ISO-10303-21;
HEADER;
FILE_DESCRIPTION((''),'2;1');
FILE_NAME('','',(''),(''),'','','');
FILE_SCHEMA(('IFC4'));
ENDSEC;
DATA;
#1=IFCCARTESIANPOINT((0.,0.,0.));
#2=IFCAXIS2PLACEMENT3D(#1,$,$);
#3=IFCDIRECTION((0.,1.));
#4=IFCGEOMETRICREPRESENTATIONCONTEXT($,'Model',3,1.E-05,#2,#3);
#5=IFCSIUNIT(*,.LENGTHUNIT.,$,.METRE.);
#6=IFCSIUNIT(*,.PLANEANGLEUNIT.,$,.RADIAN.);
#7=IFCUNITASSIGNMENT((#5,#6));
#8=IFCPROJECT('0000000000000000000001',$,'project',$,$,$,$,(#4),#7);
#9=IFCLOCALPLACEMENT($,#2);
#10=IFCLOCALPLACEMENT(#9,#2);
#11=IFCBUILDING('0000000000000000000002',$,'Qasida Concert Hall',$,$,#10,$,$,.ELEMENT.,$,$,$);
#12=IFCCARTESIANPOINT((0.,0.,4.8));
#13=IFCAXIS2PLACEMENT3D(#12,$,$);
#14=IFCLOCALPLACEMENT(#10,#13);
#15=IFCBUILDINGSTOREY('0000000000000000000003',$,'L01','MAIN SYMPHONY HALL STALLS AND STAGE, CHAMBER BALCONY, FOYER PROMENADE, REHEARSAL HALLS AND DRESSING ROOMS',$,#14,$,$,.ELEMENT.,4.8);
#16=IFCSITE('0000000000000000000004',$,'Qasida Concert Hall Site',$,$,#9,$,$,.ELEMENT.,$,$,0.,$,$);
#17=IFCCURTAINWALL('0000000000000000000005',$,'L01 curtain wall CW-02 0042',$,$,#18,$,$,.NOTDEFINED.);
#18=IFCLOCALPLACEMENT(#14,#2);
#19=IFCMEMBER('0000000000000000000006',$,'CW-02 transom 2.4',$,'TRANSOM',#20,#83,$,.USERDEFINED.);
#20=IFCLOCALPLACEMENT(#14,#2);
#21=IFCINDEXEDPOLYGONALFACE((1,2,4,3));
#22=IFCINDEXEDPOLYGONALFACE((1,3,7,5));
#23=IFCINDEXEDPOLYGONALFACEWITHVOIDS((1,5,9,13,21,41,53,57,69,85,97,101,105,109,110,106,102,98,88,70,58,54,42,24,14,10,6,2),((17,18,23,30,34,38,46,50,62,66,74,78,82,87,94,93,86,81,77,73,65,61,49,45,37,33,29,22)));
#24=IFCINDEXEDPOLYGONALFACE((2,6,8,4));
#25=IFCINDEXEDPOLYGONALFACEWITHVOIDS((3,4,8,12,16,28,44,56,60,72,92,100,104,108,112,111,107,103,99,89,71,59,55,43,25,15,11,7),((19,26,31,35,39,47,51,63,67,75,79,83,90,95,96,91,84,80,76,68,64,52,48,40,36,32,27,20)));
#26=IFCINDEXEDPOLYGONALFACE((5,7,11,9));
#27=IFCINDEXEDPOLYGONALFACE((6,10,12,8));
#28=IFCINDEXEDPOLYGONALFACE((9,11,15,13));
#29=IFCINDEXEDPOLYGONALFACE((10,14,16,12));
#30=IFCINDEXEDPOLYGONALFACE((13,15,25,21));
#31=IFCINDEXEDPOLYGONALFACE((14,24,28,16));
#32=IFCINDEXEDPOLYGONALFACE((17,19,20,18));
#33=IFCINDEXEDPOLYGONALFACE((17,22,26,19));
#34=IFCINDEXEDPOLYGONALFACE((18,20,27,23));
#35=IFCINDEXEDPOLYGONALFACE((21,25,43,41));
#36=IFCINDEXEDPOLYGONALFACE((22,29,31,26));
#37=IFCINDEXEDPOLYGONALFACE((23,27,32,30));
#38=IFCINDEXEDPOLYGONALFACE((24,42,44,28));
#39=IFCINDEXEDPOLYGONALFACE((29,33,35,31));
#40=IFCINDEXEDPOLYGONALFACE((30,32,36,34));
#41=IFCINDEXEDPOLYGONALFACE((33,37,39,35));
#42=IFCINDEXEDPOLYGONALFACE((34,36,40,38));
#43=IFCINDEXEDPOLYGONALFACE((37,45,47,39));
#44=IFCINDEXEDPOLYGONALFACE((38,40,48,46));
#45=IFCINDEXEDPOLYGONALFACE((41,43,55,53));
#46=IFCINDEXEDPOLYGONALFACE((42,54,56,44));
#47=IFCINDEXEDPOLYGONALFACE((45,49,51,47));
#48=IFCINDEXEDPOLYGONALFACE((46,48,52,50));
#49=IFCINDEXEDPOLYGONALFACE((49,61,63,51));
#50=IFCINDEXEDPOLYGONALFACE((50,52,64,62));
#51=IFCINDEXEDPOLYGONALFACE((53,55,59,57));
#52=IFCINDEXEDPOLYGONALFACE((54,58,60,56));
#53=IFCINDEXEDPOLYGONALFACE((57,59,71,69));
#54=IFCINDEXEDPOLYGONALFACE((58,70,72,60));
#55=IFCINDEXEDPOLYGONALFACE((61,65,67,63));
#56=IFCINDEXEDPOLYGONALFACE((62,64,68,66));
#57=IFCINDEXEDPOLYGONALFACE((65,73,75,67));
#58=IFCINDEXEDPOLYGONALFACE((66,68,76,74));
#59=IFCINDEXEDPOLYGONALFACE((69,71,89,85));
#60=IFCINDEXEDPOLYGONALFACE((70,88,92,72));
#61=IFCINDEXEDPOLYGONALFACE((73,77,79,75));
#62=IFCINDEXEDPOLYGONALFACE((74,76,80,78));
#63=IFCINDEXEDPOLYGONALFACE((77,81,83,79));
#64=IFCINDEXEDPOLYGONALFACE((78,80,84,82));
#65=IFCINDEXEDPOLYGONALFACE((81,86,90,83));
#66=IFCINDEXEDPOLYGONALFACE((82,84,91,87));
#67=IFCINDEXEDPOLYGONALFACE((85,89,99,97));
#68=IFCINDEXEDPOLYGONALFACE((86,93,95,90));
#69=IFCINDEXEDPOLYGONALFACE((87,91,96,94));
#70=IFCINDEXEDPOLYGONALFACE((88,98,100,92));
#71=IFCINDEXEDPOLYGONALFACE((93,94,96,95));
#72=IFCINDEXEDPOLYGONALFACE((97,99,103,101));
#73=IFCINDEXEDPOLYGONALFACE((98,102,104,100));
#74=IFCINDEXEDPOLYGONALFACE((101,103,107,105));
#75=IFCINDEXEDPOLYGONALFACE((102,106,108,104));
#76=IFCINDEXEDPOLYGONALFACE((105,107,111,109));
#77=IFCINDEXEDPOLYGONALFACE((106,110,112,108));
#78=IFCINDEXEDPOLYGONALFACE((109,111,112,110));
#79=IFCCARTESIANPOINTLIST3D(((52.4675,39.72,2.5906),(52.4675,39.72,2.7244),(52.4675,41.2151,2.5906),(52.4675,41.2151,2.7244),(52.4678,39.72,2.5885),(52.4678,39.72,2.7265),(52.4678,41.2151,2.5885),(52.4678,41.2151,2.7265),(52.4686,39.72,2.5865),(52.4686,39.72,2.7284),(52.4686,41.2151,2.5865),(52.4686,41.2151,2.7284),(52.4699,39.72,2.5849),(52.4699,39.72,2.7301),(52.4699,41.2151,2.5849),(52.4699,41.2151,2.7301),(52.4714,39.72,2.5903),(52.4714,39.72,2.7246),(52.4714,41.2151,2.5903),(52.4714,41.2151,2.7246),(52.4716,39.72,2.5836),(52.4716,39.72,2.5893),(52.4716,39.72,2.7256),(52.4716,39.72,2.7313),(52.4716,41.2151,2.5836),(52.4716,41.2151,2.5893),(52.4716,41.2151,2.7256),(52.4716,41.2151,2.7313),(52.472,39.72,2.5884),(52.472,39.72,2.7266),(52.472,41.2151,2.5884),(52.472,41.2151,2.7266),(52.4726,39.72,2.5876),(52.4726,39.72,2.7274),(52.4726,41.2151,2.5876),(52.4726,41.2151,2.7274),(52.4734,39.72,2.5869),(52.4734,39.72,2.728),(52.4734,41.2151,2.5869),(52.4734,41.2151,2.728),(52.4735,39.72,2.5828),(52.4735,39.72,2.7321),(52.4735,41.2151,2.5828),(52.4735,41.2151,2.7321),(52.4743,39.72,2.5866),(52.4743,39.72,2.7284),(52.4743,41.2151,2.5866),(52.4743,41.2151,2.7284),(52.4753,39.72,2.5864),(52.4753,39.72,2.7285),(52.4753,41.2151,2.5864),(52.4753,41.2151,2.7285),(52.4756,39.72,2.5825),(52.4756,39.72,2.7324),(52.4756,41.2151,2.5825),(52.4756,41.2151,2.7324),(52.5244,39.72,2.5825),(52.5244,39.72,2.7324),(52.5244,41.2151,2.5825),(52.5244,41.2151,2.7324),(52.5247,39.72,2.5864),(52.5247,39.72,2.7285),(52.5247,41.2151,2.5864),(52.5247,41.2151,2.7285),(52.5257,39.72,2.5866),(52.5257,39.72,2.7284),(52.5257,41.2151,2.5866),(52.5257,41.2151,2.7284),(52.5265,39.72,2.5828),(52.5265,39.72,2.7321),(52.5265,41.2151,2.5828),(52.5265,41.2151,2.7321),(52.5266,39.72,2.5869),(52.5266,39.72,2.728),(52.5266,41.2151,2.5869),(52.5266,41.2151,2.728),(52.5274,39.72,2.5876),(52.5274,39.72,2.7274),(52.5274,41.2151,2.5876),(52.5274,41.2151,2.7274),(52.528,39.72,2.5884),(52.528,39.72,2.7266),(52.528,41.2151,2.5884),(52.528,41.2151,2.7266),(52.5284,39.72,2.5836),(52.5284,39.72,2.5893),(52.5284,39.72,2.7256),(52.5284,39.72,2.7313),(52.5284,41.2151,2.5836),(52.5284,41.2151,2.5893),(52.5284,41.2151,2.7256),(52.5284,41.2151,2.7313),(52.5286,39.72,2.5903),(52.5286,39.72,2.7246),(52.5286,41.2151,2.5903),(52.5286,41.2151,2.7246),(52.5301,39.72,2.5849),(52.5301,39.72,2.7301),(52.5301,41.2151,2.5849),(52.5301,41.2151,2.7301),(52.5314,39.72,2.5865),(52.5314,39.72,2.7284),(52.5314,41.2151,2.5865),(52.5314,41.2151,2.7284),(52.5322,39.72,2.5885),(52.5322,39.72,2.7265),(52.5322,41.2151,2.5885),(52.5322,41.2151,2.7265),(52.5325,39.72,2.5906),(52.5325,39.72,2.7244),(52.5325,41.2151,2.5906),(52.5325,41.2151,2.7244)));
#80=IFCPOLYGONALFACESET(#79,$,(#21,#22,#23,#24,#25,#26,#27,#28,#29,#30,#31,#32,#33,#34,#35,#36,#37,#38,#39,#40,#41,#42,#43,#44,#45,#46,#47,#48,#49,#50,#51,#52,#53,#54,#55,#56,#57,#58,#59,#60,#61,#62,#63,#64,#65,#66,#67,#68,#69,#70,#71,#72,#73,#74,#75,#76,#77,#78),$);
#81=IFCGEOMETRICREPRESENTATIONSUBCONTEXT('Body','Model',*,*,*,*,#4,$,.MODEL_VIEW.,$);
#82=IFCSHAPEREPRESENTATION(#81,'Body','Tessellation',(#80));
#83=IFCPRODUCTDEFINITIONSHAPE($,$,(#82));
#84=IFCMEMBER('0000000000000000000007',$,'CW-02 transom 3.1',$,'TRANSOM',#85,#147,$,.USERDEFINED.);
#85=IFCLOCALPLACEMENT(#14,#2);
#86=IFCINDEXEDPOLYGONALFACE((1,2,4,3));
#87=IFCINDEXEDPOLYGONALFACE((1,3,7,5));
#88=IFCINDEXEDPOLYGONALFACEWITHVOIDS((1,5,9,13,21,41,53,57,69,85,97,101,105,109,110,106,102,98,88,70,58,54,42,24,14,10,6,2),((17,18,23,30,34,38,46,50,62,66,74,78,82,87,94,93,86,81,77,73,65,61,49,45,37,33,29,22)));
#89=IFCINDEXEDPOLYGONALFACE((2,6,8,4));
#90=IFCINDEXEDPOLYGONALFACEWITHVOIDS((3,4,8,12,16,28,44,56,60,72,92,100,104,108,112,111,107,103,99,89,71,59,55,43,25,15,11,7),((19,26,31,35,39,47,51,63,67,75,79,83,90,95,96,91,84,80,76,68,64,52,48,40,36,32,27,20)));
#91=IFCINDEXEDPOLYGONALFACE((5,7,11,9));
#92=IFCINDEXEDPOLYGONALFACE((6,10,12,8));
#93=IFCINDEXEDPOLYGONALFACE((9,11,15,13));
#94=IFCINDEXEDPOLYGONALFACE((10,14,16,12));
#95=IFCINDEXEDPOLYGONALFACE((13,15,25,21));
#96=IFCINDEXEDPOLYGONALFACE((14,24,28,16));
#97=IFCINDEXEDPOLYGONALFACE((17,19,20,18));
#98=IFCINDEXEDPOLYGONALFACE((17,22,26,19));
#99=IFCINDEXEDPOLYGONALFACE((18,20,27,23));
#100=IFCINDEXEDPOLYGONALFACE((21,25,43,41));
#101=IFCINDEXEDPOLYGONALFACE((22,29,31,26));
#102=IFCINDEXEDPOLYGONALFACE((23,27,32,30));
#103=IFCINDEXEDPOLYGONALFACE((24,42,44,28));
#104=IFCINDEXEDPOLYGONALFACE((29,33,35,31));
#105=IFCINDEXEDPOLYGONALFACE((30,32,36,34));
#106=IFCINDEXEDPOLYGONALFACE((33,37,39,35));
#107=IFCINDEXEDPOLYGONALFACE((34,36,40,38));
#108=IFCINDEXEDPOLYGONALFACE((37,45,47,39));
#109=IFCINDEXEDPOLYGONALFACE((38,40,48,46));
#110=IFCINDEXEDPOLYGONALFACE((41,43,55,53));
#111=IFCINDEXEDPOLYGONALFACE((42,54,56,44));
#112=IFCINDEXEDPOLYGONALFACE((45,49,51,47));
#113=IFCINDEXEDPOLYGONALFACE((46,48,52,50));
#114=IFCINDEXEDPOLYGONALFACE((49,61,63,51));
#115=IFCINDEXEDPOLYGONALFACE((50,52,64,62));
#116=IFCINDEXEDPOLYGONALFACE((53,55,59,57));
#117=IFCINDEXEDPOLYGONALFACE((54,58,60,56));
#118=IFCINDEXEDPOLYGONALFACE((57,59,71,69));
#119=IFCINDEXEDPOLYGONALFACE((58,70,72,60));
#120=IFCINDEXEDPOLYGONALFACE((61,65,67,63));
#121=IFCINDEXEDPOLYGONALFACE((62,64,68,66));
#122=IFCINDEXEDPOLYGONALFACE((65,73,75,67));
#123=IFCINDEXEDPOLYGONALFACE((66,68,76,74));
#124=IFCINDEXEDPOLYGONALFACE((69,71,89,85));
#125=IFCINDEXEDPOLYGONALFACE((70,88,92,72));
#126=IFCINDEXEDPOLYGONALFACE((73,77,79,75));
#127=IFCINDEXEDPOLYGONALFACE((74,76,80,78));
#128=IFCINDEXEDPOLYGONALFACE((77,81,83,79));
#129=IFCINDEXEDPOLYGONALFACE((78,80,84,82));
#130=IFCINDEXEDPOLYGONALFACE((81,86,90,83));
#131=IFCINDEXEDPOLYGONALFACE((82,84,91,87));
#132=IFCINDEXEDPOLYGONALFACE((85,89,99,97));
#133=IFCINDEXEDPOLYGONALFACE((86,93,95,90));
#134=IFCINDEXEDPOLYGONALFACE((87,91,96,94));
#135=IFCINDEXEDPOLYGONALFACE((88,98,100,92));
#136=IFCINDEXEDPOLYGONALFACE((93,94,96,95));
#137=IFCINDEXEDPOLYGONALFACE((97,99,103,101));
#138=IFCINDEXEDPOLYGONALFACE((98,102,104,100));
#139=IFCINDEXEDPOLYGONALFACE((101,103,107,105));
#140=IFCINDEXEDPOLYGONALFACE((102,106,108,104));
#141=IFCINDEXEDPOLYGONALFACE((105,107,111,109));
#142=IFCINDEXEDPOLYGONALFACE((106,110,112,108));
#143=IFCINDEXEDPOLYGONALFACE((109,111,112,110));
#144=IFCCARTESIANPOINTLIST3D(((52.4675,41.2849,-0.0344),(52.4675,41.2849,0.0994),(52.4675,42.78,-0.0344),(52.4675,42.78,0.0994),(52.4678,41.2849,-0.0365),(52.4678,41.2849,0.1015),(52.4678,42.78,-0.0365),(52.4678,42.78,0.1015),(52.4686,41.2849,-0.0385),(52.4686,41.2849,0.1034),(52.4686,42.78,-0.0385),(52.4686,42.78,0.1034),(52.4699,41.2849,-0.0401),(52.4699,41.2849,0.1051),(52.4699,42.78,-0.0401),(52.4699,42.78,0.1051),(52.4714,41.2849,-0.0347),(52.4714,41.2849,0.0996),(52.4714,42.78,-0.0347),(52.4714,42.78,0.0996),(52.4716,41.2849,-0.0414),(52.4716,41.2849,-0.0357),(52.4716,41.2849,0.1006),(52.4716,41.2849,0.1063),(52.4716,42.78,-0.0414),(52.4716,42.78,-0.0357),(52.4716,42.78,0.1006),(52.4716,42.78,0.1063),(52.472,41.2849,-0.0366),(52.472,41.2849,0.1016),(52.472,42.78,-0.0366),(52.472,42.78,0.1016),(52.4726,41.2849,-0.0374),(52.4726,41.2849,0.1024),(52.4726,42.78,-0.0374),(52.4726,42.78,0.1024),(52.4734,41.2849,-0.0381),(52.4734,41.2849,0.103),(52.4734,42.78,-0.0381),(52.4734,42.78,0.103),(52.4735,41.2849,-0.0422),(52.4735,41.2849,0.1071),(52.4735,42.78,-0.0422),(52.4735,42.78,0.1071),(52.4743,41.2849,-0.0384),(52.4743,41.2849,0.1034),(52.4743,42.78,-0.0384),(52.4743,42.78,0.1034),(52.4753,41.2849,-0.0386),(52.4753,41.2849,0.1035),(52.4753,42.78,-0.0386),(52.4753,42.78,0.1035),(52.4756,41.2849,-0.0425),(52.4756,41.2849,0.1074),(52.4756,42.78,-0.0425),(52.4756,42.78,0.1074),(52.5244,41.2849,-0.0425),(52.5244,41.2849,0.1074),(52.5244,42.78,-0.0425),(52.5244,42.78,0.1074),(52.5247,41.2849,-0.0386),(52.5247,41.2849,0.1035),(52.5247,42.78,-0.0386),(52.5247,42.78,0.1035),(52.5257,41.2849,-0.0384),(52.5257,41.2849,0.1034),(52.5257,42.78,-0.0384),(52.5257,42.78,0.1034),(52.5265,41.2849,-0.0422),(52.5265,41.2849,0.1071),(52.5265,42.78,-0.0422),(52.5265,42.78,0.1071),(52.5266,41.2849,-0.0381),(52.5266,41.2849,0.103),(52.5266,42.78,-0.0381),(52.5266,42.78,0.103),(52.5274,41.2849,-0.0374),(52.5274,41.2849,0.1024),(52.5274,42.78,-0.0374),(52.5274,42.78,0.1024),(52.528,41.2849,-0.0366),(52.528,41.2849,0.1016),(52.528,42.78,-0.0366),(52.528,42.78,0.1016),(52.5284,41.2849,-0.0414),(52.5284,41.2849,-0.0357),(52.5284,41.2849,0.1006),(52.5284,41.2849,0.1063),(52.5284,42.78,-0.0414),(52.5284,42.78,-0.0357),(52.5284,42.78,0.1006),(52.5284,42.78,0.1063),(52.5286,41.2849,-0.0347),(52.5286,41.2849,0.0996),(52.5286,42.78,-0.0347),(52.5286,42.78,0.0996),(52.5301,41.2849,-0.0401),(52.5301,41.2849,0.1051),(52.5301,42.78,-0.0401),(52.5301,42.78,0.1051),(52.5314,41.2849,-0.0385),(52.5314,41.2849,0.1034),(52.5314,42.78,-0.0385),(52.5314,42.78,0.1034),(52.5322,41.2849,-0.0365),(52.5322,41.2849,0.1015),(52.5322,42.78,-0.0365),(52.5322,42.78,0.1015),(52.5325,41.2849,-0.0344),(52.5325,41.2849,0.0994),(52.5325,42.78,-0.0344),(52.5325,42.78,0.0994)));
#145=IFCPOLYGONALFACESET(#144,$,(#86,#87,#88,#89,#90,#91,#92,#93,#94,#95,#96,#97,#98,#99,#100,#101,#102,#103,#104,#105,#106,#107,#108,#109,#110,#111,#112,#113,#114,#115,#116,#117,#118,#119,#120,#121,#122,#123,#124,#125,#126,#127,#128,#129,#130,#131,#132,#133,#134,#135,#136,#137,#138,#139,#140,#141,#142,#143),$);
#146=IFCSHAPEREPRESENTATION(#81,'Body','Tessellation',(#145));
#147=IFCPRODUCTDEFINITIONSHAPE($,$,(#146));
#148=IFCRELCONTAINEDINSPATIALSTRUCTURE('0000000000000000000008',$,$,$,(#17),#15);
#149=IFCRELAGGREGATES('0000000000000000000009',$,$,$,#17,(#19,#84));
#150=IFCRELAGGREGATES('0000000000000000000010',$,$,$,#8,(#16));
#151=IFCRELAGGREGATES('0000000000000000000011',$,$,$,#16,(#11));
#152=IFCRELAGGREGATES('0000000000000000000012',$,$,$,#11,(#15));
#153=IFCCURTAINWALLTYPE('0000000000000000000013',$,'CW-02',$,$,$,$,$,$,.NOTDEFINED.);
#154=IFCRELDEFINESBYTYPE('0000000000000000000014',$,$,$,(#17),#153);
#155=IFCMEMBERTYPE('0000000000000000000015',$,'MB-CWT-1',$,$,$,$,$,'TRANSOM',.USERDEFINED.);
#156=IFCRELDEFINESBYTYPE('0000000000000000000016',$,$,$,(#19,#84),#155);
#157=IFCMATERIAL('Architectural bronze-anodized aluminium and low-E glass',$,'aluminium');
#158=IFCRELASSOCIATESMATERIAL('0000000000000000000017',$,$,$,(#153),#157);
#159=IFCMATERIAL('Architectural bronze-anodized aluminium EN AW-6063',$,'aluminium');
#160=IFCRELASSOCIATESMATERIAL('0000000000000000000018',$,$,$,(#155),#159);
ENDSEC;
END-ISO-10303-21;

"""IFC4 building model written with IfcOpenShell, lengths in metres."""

from ifc_helpers import new_model, si_unit, direction, frame, origin, origin_2d, place, context, subcontext, project, spatial, hollow_rectangle, extrude, material, material_profile, profile_set, type_object, element, aggregate, save


model = new_model("IFC4")

# Units and contexts
model_context = context("Model", 3, precision=1e-05, world=origin(), true_north=direction((0.0, 1.0)))
body_context = subcontext(model_context, "Body", "Model", "MODEL_VIEW")
ifc_project = project(units=[si_unit("LENGTHUNIT", "METRE"), si_unit("PLANEANGLEUNIT", "RADIAN")], contexts=[model_context])

# Site, building, storey
site_placement = place(None, origin())
site = spatial("IfcSite", under=ifc_project, at=site_placement, Name="Qasida Concert Hall Site", CompositionType="ELEMENT", RefElevation=0.0)
building_placement = place(site_placement, origin())
building = spatial("IfcBuilding", under=site, at=building_placement, Name="Qasida Concert Hall", CompositionType="ELEMENT")
storey_placement = place(building_placement, frame((0.0, 0.0, 4.8)))
storey = spatial("IfcBuildingStorey", under=building, at=storey_placement, Name="L01", Description="MAIN SYMPHONY HALL STALLS AND STAGE, CHAMBER BALCONY, FOYER PROMENADE, REHEARSAL HALLS AND DRESSING ROOMS", CompositionType="ELEMENT", Elevation=4.8)

# Curtain wall, members
ifc_material_1 = material(Name="Architectural bronze-anodized aluminium and low-E glass", Category="aluminium")
curtain_wall_type = type_object("IfcCurtainWallType", Name="CW-02", PredefinedType="NOTDEFINED", material=ifc_material_1)
curtain_wall_placement = place(storey_placement, origin())
curtain_wall = element("IfcCurtainWall", 1, at=curtain_wall_placement, inside=storey, type_object=curtain_wall_type, Name="L01 curtain wall CW-02 0042", PredefinedType="NOTDEFINED")
ifc_material_2 = material(Name="Architectural bronze-anodized aluminium EN AW-6063", Category="aluminium")
ifc_material_profile_1 = material_profile(ifc_material_2, hollow_rectangle(XDim=0.0649, YDim=0.1499, WallThickness=0.0039, InnerFilletRadius=0.0039, OuterFilletRadius=0.0081, at=origin_2d()), Name="CWT 150x65x4")
ifc_profile_set_1 = profile_set([ifc_material_profile_1], Name="Architectural bronze-anodized aluminium EN AW-6063")
member_type_1 = type_object("IfcMemberType", Name="MB-CWT-1", ElementType="TRANSOM", PredefinedType="USERDEFINED", material=ifc_profile_set_1)
member_1_placement = place(storey_placement, frame((52.5, 39.72, 2.6575), z_axis=(0.0, 1.0, 0.0), x_axis=(-1.0, 0.0, 0.0)))
member_1 = element("IfcMember", 2, at=member_1_placement, type_object=member_type_1, Name="CW-02 transom 2.4", ObjectType="TRANSOM", PredefinedType="USERDEFINED", context=body_context, shape_type="SweptSolid", body=[
    extrude(hollow_rectangle(XDim=0.0649, YDim=0.1499, WallThickness=0.0039, InnerFilletRadius=0.0039, OuterFilletRadius=0.0081, at=origin_2d()), origin(), (0.0, 0.0, 1.0), 1.4951),
])
member_2_placement = place(storey_placement, frame((52.5, 41.2849, 0.0325), z_axis=(0.0, 1.0, 0.0), x_axis=(-1.0, 0.0, 0.0)))
member_2 = element("IfcMember", 3, at=member_2_placement, type_object=member_type_1, Name="CW-02 transom 3.1", ObjectType="TRANSOM", PredefinedType="USERDEFINED", context=body_context, shape_type="SweptSolid", body=[
    extrude(hollow_rectangle(XDim=0.0649, YDim=0.1499, WallThickness=0.0039, InnerFilletRadius=0.0039, OuterFilletRadius=0.0081, at=origin_2d()), origin(), (0.0, 0.0, 1.0), 1.4951),
])
aggregate(curtain_wall, [member_1, member_2])

save(model, "model.ifc")
